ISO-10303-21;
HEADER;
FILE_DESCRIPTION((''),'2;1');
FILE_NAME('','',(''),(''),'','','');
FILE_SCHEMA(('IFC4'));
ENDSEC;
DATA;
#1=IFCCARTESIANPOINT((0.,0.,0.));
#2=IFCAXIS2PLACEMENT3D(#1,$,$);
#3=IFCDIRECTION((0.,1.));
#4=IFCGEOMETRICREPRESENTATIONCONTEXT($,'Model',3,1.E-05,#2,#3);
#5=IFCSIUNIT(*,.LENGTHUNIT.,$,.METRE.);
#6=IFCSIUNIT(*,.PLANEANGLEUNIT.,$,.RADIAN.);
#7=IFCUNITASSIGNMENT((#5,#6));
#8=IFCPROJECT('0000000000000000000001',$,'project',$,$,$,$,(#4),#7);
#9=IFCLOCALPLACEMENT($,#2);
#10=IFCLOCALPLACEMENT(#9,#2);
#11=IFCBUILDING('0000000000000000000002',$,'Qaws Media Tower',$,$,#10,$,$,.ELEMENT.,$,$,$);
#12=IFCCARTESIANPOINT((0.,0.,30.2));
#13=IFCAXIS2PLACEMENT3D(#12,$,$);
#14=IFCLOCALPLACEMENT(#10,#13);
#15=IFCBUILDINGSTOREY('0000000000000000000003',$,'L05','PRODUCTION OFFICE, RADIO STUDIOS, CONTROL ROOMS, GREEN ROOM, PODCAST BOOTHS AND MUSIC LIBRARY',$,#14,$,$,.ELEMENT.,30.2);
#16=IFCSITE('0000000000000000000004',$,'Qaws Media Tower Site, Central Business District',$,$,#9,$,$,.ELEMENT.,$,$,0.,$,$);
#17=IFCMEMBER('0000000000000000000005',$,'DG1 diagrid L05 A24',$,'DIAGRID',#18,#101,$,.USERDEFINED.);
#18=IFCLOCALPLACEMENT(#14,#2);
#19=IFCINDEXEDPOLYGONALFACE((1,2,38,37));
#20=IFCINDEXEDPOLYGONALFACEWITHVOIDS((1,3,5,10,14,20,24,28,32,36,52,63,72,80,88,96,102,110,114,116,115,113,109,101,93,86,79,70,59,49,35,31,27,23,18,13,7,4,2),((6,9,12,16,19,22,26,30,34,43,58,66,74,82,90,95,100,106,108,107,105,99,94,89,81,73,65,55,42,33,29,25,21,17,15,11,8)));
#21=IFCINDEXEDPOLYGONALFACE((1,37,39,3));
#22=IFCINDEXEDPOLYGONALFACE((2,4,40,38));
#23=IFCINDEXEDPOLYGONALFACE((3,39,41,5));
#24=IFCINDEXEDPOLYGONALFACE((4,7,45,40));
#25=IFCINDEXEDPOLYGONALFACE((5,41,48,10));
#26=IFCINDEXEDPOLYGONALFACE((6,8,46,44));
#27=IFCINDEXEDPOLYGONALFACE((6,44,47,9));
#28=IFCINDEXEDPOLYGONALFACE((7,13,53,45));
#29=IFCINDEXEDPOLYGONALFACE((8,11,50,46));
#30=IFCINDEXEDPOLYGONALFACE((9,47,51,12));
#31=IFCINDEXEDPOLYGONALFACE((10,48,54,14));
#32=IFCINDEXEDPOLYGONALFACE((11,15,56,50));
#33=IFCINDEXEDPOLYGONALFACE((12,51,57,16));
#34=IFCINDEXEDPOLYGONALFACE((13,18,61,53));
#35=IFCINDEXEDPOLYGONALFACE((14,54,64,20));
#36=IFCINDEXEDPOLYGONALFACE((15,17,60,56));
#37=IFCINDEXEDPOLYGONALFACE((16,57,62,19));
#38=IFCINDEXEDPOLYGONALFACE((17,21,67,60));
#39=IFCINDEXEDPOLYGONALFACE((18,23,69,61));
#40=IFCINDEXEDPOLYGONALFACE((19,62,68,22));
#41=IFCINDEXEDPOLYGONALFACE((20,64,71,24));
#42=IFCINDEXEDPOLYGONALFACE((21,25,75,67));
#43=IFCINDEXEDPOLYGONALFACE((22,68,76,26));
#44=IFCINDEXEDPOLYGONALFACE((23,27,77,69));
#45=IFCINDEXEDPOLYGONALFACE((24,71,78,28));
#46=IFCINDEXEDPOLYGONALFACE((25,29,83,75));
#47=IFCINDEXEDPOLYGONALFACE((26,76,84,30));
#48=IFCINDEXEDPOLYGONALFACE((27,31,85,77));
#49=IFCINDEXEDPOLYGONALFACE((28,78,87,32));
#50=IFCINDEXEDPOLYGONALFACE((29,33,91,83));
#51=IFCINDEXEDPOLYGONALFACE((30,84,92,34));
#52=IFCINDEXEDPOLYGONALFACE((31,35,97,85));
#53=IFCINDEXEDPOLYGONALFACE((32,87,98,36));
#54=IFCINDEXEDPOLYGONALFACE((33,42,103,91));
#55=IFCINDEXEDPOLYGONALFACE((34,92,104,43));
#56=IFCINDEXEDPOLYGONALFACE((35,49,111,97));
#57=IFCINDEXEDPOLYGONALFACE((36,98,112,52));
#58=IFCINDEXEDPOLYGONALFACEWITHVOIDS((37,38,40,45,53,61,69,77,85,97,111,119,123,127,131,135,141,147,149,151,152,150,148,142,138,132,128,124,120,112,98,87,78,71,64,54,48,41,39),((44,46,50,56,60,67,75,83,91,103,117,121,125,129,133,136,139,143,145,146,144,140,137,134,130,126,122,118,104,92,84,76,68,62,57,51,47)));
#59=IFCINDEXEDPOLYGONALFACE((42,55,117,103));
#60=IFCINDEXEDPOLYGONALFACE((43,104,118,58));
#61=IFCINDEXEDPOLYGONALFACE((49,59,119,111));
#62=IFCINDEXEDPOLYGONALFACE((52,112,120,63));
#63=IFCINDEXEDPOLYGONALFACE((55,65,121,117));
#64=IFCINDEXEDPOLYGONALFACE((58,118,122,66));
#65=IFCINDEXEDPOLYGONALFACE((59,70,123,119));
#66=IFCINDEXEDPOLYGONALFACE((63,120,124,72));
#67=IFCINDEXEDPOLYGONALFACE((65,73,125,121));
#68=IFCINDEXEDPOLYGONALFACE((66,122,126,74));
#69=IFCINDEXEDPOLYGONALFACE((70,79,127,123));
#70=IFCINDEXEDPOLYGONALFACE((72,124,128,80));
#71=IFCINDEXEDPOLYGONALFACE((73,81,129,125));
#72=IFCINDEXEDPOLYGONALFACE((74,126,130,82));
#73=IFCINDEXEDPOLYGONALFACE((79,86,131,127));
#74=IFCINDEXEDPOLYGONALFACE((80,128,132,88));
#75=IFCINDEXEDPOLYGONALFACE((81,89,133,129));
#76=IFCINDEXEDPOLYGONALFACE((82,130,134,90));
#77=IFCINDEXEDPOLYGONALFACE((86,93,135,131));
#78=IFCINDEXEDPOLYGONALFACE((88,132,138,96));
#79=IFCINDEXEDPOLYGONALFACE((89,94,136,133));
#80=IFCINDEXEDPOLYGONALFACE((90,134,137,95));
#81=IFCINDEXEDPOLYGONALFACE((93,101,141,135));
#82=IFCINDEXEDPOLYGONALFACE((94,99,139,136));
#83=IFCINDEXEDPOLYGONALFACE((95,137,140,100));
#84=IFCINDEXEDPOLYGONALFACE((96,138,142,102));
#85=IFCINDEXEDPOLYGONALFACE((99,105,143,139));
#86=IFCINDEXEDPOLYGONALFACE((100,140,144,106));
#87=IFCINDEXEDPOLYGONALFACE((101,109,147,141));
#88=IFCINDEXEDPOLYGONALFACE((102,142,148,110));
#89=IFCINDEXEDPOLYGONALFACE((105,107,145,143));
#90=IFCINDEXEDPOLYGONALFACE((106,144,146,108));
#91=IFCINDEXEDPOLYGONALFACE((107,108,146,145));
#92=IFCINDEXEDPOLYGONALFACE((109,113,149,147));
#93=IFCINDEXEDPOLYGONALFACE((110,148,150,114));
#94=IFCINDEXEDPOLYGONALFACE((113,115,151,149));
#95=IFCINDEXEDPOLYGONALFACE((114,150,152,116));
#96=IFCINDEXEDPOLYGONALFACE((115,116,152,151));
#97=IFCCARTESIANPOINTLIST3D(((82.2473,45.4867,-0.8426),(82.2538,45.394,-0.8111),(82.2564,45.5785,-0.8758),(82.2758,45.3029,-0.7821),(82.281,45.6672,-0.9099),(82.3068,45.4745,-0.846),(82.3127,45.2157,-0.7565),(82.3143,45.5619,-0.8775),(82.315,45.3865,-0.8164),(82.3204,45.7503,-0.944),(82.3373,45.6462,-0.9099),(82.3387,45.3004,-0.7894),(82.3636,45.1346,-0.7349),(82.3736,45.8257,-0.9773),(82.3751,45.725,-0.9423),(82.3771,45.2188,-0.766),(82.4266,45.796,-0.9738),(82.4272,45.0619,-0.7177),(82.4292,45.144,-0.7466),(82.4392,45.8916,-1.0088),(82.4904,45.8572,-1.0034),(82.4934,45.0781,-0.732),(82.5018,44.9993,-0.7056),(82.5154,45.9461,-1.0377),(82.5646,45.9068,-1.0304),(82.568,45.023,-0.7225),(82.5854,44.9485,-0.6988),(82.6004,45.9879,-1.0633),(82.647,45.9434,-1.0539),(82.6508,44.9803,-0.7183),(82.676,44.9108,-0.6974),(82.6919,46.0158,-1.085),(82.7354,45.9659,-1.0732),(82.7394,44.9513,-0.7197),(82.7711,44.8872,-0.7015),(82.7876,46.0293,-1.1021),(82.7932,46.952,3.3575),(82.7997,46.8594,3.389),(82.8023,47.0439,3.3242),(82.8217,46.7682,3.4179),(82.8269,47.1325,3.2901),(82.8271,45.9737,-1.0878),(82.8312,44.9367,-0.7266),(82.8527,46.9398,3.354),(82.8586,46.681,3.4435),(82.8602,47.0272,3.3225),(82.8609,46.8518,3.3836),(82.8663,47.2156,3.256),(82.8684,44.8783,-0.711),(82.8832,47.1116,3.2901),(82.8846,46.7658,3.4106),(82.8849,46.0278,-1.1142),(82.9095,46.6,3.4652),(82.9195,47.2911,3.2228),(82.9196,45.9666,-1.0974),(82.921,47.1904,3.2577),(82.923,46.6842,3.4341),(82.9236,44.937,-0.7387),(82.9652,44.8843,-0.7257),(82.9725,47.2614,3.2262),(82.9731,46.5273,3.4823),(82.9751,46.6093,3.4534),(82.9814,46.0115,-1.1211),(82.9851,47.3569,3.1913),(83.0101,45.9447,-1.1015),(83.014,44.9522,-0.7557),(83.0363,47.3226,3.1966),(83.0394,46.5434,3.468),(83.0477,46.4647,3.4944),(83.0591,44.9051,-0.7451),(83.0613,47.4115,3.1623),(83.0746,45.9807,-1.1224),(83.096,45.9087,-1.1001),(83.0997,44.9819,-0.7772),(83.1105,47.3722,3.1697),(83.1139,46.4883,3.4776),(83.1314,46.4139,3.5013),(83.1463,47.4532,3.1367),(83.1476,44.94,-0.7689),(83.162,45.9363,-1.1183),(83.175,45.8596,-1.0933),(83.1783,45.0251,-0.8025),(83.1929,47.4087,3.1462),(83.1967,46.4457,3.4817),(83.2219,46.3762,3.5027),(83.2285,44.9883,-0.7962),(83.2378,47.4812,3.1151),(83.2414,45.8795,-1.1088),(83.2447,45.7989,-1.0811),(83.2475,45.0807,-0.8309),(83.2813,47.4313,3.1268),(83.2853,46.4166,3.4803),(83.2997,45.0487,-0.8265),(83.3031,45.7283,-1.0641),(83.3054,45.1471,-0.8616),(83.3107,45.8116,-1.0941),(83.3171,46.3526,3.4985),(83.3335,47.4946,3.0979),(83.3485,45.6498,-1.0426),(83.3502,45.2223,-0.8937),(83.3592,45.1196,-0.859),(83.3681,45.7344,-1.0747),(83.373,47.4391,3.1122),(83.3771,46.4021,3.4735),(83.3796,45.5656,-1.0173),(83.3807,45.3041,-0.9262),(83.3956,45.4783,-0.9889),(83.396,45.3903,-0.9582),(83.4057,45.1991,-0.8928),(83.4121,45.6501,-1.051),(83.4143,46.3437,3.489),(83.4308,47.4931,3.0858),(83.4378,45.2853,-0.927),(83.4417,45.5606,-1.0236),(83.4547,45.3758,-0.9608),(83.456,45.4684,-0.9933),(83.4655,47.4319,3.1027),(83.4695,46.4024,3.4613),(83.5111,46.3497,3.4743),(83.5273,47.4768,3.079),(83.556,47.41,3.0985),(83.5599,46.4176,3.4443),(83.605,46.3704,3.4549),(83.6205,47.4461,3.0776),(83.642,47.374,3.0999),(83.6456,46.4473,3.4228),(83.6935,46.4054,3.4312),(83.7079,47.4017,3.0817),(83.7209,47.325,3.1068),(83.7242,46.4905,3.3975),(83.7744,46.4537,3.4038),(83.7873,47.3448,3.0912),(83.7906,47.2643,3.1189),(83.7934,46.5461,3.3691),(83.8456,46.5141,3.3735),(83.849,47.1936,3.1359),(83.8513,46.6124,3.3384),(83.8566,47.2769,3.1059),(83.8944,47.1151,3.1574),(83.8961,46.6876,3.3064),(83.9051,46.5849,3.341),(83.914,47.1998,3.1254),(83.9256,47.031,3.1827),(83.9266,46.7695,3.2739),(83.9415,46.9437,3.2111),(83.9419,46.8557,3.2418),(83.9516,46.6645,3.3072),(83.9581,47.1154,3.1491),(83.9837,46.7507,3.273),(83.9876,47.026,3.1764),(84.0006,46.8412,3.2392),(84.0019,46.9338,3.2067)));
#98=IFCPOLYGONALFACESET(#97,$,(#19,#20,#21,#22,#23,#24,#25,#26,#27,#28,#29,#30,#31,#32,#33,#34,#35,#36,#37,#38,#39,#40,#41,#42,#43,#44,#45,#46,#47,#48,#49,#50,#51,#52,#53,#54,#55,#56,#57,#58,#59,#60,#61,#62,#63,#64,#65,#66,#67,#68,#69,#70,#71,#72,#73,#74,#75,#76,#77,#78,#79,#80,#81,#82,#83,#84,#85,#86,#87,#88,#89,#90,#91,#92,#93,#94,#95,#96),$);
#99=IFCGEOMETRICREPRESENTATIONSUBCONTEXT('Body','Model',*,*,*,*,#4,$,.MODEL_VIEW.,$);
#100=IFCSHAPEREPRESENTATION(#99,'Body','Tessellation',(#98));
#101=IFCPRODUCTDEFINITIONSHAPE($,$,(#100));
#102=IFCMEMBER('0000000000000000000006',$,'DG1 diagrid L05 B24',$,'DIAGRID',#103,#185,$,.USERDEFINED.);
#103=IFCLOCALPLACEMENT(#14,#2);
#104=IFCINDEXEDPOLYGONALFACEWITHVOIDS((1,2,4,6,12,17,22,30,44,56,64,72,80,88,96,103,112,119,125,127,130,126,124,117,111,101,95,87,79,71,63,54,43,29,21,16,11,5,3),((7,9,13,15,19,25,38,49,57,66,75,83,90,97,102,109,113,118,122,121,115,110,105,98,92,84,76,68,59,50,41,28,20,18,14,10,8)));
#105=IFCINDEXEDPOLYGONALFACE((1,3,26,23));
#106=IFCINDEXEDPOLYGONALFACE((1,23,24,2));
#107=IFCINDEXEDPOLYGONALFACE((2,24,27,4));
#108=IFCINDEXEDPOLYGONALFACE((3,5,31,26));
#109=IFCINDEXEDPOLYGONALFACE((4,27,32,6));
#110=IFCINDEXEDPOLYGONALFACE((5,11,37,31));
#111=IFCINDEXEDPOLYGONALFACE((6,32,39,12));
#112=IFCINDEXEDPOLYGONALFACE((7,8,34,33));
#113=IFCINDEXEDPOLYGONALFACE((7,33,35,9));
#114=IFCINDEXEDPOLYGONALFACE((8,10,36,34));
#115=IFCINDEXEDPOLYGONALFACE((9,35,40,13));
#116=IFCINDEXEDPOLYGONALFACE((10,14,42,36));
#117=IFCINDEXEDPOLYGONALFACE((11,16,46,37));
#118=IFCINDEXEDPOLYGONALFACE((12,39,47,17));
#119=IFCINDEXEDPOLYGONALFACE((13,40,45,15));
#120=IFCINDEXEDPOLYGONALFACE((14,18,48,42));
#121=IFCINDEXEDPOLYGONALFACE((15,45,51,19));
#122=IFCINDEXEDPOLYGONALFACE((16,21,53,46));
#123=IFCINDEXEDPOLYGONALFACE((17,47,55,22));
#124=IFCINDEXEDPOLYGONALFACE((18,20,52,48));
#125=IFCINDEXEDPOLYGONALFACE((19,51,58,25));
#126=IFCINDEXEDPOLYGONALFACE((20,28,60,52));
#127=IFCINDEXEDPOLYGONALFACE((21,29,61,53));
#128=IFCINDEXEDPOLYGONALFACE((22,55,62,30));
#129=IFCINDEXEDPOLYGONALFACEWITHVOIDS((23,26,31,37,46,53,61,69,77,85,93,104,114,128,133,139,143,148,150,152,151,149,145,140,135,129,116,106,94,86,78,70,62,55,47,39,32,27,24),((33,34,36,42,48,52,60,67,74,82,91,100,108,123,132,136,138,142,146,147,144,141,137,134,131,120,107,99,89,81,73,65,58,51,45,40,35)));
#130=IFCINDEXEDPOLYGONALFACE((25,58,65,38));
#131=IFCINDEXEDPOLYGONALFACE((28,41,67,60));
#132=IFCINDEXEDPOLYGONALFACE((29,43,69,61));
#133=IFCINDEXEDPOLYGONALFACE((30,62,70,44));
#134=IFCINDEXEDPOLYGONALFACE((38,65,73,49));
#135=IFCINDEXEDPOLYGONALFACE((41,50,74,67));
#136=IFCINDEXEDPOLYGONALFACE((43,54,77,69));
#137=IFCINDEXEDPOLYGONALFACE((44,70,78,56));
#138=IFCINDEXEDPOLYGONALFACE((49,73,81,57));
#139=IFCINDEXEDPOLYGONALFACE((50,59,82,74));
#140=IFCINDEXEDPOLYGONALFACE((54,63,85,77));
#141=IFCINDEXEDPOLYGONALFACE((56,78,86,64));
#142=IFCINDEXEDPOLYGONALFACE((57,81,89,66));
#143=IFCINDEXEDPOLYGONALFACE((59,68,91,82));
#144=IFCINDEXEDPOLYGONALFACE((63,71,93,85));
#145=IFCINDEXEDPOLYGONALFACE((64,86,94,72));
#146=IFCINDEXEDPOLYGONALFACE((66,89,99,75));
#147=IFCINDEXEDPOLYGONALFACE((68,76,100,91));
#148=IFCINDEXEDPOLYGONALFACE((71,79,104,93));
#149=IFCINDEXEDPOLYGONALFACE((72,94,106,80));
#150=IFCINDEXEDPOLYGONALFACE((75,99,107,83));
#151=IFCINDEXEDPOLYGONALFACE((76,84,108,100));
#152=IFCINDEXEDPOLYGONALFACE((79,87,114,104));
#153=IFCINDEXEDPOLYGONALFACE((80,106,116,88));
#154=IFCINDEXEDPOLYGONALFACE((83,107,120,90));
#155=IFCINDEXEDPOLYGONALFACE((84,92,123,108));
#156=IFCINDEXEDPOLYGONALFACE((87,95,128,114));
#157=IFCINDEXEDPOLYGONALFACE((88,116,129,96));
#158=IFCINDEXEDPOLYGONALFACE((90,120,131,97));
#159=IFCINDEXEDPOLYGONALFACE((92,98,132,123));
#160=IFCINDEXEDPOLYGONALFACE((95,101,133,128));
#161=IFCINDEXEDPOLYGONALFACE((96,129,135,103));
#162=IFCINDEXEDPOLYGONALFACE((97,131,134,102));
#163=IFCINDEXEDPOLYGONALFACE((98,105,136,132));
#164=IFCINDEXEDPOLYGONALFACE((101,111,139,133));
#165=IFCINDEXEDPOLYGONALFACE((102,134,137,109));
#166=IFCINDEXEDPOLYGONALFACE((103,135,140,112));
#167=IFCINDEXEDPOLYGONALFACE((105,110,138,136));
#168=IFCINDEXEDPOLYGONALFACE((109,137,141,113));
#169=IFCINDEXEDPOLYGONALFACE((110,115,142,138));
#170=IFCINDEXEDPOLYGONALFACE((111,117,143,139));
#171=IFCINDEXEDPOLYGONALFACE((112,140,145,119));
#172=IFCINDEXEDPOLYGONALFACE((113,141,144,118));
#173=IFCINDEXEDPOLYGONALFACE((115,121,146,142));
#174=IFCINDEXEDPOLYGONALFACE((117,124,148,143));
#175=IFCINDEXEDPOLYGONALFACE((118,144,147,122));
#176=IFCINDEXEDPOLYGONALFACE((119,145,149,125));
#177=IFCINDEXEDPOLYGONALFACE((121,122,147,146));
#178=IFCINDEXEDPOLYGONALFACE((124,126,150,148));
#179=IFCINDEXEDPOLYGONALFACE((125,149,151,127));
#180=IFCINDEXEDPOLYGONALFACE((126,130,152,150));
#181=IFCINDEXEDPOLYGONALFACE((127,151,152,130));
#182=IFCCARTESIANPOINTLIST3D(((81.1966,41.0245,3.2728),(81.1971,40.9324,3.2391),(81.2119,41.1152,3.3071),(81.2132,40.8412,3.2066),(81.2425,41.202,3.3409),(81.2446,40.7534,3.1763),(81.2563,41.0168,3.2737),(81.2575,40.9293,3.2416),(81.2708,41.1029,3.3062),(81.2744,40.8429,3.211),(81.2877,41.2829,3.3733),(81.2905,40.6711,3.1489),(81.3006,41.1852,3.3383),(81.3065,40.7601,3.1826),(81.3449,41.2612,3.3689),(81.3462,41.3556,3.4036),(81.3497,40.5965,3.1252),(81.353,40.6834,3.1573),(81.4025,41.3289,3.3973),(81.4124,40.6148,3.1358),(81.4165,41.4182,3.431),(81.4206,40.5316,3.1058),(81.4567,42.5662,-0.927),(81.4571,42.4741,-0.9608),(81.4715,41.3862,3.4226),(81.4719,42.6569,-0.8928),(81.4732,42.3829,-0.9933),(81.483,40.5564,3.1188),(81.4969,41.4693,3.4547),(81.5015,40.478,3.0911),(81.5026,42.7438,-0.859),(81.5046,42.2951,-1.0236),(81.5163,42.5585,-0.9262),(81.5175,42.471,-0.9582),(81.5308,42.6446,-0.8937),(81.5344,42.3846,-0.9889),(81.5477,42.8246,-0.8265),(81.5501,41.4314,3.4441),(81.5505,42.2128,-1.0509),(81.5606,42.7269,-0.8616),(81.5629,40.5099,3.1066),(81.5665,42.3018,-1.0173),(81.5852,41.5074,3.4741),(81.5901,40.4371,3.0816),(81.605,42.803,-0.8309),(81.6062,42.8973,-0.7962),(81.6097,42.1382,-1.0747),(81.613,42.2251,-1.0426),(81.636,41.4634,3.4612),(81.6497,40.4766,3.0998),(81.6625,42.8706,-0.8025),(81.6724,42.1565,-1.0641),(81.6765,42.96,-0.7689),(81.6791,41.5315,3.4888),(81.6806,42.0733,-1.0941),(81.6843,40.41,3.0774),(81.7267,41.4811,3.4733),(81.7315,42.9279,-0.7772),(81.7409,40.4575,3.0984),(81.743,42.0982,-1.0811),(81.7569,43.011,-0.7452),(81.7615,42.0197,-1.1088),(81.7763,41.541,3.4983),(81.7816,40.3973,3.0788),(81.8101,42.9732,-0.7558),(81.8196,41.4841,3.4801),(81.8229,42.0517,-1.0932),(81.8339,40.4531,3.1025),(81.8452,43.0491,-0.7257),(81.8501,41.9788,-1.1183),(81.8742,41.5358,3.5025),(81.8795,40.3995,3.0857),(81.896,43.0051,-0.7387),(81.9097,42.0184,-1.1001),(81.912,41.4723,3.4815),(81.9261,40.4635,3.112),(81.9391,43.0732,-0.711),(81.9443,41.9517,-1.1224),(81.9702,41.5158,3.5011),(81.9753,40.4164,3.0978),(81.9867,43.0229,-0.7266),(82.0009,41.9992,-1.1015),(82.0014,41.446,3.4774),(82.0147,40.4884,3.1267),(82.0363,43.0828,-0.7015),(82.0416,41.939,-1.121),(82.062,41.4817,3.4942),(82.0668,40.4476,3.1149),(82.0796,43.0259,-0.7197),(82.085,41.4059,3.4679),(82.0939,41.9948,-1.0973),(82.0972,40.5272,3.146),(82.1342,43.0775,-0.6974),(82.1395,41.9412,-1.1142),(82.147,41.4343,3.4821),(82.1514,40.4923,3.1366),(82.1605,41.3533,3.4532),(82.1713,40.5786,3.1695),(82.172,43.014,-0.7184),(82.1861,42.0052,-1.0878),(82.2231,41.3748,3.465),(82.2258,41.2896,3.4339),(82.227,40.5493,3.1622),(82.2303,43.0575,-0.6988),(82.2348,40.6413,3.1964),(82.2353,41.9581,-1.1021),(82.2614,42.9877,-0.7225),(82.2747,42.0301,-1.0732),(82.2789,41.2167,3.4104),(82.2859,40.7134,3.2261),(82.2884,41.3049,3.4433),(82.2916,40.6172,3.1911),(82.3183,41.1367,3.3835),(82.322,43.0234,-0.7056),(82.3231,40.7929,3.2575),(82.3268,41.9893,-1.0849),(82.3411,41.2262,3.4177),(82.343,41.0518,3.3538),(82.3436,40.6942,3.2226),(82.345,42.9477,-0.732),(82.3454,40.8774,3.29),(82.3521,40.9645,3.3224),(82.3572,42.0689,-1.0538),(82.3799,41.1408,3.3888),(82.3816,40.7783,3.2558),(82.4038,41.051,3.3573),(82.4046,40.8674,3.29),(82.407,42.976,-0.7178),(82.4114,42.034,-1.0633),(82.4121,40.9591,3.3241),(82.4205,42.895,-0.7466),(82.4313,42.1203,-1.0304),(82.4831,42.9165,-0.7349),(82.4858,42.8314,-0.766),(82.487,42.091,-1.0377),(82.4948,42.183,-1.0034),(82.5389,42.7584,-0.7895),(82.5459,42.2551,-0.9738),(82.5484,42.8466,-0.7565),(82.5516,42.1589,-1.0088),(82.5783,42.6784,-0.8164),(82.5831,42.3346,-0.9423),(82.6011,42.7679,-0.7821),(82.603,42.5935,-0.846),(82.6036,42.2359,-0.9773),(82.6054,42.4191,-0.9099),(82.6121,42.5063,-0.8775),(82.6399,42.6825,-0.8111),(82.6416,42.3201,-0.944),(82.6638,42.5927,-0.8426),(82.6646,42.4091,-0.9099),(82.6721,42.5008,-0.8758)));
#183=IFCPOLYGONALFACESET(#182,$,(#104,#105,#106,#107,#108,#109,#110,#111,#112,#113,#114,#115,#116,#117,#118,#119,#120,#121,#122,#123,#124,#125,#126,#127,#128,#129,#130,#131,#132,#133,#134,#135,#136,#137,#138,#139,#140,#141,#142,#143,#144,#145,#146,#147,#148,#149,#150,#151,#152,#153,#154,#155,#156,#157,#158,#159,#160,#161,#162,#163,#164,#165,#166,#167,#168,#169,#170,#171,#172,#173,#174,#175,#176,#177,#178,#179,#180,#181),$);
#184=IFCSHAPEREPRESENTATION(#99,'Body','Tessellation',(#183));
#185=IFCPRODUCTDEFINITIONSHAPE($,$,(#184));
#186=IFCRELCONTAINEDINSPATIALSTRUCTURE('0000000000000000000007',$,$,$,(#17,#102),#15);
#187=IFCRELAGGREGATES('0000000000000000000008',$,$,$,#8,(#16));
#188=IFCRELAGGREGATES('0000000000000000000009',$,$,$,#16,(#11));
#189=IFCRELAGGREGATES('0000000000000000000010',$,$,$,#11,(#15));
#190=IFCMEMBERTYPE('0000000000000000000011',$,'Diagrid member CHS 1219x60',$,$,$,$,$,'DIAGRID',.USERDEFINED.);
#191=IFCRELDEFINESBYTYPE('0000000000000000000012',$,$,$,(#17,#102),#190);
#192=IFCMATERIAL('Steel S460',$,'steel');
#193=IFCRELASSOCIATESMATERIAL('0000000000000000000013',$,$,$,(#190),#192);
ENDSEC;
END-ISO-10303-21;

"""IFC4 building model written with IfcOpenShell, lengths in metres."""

from ifc_helpers import new_model, si_unit, direction, frame, origin, origin_2d, place, context, subcontext, project, spatial, hollow_circle, extrude, material, material_profile, profile_set, type_object, element, save


model = new_model("IFC4")

# Units and contexts
model_context = context("Model", 3, precision=1e-05, world=origin(), true_north=direction((0.0, 1.0)))
body_context = subcontext(model_context, "Body", "Model", "MODEL_VIEW")
ifc_project = project(units=[si_unit("LENGTHUNIT", "METRE"), si_unit("PLANEANGLEUNIT", "RADIAN")], contexts=[model_context])

# Site, building, storey
site_placement = place(None, origin())
site = spatial("IfcSite", under=ifc_project, at=site_placement, Name="Qaws Media Tower Site, Central Business District", CompositionType="ELEMENT", RefElevation=0.0)
building_placement = place(site_placement, origin())
building = spatial("IfcBuilding", under=site, at=building_placement, Name="Qaws Media Tower", CompositionType="ELEMENT")
storey_placement = place(building_placement, frame((0.0, 0.0, 30.2)))
storey = spatial("IfcBuildingStorey", under=building, at=storey_placement, Name="L05", Description="PRODUCTION OFFICE, RADIO STUDIOS, CONTROL ROOMS, GREEN ROOM, PODCAST BOOTHS AND MUSIC LIBRARY", CompositionType="ELEMENT", Elevation=30.2)

# Members
ifc_material_1 = material(Name="Steel S460", Category="steel")
ifc_material_profile_1 = material_profile(ifc_material_1, hollow_circle(Radius=0.6096, WallThickness=0.0601, at=origin_2d()), Name="CHS 1219x60")
ifc_profile_set_1 = profile_set([ifc_material_profile_1], Name="Steel S460")
member_type_1 = type_object("IfcMemberType", Name="Diagrid member CHS 1219x60", ElementType="DIAGRID", PredefinedType="USERDEFINED", material=ifc_profile_set_1)
member_1_placement = place(storey_placement, frame((82.8523, 45.4543, -0.9099), z_axis=(0.121809, 0.326966, 0.937153), x_axis=(-0.937084, 0.349104, 0.0)))
element("IfcMember", 1, at=member_1_placement, inside=storey, type_object=member_type_1, Name="DG1 diagrid L05 A24", ObjectType="DIAGRID", PredefinedType="USERDEFINED", context=body_context, shape_type="SweptSolid", body=[
    extrude(hollow_circle(Radius=0.6096, WallThickness=0.0601, at=origin_2d()), origin(), (0.0, 0.0, 1.0), 4.4817),
])
member_2_placement = place(storey_placement, frame((82.0635, 42.5105, -0.9099), z_axis=(-0.058018, -0.344022, 0.937167), x_axis=(0.986076, -0.166298, 0.0)))
element("IfcMember", 2, at=member_2_placement, inside=storey, type_object=member_type_1, Name="DG1 diagrid L05 B24", ObjectType="DIAGRID", PredefinedType="USERDEFINED", context=body_context, shape_type="SweptSolid", body=[
    extrude(hollow_circle(Radius=0.6096, WallThickness=0.0601, at=origin_2d()), origin(), (0.0, 0.0, 1.0), 4.4814),
])

save(model, "model.ifc")
